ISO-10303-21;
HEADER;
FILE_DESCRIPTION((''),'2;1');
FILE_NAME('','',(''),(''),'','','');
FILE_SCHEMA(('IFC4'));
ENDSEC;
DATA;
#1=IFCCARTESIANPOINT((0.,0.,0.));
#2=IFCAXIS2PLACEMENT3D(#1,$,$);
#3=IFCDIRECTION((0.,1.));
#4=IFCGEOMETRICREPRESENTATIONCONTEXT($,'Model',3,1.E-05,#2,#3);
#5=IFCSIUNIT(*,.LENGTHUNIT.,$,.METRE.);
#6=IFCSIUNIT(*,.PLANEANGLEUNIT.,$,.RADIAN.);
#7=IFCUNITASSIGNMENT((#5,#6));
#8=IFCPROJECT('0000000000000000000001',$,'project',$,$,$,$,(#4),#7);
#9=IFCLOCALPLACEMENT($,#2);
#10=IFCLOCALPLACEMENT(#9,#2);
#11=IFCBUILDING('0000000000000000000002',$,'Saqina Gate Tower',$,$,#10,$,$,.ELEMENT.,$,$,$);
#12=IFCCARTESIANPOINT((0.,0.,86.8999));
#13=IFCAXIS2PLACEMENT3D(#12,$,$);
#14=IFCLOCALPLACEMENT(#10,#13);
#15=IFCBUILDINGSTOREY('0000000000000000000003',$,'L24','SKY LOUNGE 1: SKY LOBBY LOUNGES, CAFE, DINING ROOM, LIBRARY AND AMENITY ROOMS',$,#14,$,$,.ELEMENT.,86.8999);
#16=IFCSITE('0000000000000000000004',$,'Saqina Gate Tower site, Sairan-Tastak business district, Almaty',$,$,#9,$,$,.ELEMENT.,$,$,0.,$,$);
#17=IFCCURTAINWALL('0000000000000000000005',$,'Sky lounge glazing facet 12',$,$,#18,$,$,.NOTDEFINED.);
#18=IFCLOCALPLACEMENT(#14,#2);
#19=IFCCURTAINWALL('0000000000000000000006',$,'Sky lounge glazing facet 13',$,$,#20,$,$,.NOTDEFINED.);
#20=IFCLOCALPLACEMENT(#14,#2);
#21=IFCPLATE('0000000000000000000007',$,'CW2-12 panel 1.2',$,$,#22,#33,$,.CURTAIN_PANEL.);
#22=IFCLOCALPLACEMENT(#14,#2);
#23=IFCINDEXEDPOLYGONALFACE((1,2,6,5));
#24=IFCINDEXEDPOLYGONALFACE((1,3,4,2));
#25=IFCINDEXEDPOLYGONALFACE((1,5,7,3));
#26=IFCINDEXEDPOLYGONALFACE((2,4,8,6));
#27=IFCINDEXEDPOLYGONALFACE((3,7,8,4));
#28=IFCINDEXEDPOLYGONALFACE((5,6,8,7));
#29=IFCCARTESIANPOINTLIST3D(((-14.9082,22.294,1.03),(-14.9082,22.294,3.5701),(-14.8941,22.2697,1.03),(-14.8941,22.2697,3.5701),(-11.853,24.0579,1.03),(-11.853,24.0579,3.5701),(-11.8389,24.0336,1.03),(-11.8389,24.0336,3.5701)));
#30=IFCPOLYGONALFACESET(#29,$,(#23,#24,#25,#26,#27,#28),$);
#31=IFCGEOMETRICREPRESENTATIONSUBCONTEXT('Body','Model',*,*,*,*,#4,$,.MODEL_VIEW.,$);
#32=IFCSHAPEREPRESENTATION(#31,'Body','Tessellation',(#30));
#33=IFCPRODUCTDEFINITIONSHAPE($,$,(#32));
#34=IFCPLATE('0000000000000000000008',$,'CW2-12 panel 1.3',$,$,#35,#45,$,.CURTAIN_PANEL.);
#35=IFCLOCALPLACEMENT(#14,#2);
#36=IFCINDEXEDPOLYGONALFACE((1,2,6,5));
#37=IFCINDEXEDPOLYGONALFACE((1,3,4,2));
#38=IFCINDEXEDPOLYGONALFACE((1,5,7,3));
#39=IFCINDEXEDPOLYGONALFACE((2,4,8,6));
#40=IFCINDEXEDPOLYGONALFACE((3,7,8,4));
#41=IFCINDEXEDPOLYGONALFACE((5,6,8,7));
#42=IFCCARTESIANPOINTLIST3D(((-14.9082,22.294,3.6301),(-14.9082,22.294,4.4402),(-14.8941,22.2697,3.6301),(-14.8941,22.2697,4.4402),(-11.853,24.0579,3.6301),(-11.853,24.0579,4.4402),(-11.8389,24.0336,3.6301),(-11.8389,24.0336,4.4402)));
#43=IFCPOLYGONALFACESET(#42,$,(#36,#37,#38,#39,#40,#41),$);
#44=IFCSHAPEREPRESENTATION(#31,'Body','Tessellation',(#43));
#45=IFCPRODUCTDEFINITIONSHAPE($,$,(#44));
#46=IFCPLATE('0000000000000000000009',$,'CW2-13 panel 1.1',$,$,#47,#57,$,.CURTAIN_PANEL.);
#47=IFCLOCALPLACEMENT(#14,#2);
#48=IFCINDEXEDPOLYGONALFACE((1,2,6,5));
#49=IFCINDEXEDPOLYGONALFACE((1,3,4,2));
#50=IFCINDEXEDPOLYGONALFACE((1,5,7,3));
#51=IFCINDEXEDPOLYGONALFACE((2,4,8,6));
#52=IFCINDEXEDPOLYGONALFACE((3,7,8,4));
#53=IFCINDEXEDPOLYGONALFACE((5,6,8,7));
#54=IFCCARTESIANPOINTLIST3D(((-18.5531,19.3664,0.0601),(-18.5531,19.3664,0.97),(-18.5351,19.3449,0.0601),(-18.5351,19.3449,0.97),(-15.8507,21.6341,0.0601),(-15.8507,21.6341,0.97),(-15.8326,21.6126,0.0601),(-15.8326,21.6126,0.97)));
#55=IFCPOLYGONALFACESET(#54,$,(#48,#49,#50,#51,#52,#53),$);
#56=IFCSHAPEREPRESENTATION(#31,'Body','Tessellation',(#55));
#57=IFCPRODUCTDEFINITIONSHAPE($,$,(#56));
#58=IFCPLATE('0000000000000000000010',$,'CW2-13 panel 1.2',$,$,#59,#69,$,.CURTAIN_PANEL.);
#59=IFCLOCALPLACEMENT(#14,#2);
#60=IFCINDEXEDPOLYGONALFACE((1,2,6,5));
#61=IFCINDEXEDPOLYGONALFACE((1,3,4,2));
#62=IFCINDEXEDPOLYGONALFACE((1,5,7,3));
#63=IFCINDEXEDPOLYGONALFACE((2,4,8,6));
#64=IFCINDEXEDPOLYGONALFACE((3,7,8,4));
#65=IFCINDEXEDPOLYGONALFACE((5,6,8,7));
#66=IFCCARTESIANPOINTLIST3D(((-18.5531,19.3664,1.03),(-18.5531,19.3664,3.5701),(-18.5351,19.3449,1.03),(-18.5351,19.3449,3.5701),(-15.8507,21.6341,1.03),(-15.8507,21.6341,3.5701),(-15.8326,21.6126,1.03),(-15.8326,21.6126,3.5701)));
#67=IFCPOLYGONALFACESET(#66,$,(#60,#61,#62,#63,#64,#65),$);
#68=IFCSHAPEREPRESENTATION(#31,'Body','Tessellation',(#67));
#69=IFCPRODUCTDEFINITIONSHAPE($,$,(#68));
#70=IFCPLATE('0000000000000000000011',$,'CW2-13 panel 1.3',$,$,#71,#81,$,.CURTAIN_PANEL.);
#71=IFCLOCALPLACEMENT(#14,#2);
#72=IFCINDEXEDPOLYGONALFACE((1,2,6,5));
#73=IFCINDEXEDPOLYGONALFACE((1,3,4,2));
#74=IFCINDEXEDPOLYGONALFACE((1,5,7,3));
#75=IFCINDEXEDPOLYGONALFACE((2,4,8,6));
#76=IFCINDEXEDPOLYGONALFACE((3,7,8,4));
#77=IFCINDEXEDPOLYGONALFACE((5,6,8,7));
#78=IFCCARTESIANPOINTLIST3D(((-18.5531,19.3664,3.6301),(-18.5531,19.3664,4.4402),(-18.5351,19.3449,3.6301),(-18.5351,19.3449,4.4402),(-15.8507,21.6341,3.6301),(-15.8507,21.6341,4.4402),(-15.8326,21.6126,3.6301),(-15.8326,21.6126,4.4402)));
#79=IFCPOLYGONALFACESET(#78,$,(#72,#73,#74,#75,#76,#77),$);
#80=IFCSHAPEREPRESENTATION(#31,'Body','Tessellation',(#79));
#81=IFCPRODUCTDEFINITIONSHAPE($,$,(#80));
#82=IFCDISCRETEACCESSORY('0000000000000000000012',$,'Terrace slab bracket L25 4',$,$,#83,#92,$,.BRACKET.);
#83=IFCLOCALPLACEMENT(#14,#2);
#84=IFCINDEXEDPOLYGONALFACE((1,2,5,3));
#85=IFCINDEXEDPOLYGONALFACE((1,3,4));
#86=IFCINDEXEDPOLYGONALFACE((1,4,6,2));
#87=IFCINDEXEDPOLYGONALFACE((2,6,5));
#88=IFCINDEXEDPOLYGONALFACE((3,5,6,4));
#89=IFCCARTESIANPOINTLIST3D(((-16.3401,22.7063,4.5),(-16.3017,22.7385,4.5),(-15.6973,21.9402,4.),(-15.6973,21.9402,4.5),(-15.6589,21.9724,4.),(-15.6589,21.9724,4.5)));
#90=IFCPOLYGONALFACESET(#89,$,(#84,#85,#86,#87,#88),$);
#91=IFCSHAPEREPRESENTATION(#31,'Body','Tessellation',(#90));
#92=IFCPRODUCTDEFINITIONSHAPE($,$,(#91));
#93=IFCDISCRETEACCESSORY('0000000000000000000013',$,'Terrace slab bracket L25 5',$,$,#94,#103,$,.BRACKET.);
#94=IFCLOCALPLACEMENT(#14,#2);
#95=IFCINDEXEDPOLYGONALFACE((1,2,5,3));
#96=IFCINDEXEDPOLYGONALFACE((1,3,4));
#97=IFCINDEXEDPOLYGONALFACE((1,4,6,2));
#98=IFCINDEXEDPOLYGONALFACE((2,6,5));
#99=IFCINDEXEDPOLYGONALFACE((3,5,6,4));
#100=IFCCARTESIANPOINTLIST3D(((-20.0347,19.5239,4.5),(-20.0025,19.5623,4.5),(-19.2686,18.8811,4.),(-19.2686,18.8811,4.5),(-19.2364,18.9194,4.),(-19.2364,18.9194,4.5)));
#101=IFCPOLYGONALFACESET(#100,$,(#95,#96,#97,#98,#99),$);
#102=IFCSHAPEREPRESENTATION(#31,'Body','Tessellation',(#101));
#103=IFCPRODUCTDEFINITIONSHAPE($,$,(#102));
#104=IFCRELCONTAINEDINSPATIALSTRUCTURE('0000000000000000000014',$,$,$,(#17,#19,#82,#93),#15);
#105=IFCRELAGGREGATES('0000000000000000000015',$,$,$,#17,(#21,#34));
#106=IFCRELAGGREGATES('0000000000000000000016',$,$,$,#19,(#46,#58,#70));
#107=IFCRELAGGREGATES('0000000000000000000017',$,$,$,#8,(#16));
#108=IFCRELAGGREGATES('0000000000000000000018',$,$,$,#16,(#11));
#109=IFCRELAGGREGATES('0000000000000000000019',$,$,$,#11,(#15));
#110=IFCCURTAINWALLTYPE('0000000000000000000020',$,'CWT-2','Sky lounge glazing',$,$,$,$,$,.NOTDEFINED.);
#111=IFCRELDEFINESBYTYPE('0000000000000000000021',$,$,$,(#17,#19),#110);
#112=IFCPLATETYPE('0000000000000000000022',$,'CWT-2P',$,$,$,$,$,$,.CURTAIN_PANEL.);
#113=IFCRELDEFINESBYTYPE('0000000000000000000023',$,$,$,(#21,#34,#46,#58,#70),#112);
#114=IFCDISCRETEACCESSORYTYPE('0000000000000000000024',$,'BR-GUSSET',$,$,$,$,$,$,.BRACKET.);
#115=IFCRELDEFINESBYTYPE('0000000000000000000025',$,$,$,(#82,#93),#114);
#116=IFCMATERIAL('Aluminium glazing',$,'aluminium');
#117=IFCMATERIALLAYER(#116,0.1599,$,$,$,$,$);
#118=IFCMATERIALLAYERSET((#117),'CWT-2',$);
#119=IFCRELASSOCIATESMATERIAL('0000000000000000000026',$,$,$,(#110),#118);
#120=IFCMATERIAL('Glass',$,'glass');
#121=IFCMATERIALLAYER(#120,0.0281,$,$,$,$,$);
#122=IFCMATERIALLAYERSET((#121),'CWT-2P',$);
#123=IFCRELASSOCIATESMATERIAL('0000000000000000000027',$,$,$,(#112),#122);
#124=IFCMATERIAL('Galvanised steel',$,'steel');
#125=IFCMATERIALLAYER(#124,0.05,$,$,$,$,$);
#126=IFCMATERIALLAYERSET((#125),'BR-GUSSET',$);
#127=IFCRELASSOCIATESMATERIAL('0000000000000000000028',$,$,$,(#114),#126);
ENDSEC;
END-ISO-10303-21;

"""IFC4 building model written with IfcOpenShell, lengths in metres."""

from ifc_helpers import new_model, si_unit, direction, frame, origin, origin_2d, place, context, subcontext, project, spatial, polyline, rectangle, outline, extrude, material, layer, layer_set, type_object, element, aggregate, save


model = new_model("IFC4")

# Units and contexts
model_context = context("Model", 3, precision=1e-05, world=origin(), true_north=direction((0.0, 1.0)))
body_context = subcontext(model_context, "Body", "Model", "MODEL_VIEW")
ifc_project = project(units=[si_unit("LENGTHUNIT", "METRE"), si_unit("PLANEANGLEUNIT", "RADIAN")], contexts=[model_context])

# Site, building, storey
site_placement = place(None, origin())
site = spatial("IfcSite", under=ifc_project, at=site_placement, Name="Saqina Gate Tower site, Sairan-Tastak business district, Almaty", CompositionType="ELEMENT", RefElevation=0.0)
building_placement = place(site_placement, origin())
building = spatial("IfcBuilding", under=site, at=building_placement, Name="Saqina Gate Tower", CompositionType="ELEMENT")
storey_placement = place(building_placement, frame((0.0, 0.0, 86.8999)))
storey = spatial("IfcBuildingStorey", under=building, at=storey_placement, Name="L24", Description="SKY LOUNGE 1: SKY LOBBY LOUNGES, CAFE, DINING ROOM, LIBRARY AND AMENITY ROOMS", CompositionType="ELEMENT", Elevation=86.8999)

# Curtain wall
ifc_material_1 = material(Name="Aluminium glazing", Category="aluminium")
ifc_layer_1 = layer(ifc_material_1, 0.1599)
ifc_layer_set_1 = layer_set([ifc_layer_1], Name="CWT-2")
curtain_wall_type = type_object("IfcCurtainWallType", Name="CWT-2", Description="Sky lounge glazing", PredefinedType="NOTDEFINED", material=ifc_layer_set_1)
curtain_wall_1_placement = place(storey_placement, origin())
curtain_wall_1 = element("IfcCurtainWall", 1, at=curtain_wall_1_placement, inside=storey, type_object=curtain_wall_type, Name="Sky lounge glazing facet 12", PredefinedType="NOTDEFINED")

# Curtain wall
curtain_wall_2_placement = place(storey_placement, origin())
curtain_wall_2 = element("IfcCurtainWall", 2, at=curtain_wall_2_placement, inside=storey, type_object=curtain_wall_type, Name="Sky lounge glazing facet 13", PredefinedType="NOTDEFINED")

# Plates
ifc_material_2 = material(Name="Glass", Category="glass")
ifc_layer_2 = layer(ifc_material_2, 0.0281)
ifc_layer_set_2 = layer_set([ifc_layer_2], Name="CWT-2P")
plate_type = type_object("IfcPlateType", Name="CWT-2P", PredefinedType="CURTAIN_PANEL", material=ifc_layer_set_2)
plate_1_placement = place(storey_placement, frame((-13.3735, 23.1638, 1.03), z_axis=(0.0, 0.0, 1.0), x_axis=(-0.866026, -0.499999, 0.0)))
plate_1 = element("IfcPlate", 3, at=plate_1_placement, type_object=plate_type, Name="CW2-12 panel 1.2", PredefinedType="CURTAIN_PANEL", context=body_context, shape_type="SweptSolid", body=[
    extrude(rectangle(XDim=3.5278, YDim=0.0281, at=origin_2d()), origin(), (0.0, 0.0, 1.0), 2.54),
])
plate_2_placement = place(storey_placement, frame((-13.3735, 23.1638, 3.6301), z_axis=(0.0, 0.0, 1.0), x_axis=(-0.866026, -0.499999, 0.0)))
plate_2 = element("IfcPlate", 4, at=plate_2_placement, type_object=plate_type, Name="CW2-12 panel 1.3", PredefinedType="CURTAIN_PANEL", context=body_context, shape_type="SweptSolid", body=[
    extrude(rectangle(XDim=3.5278, YDim=0.0281, at=origin_2d()), origin(), (0.0, 0.0, 1.0), 0.8101),
])
aggregate(curtain_wall_1, [plate_1, plate_2])
plate_3_placement = place(storey_placement, frame((-17.1929, 20.4895, 0.0601), z_axis=(0.0, 0.0, 1.0), x_axis=(-0.766042, -0.642791, 0.0)))
plate_3 = element("IfcPlate", 5, at=plate_3_placement, type_object=plate_type, Name="CW2-13 panel 1.1", PredefinedType="CURTAIN_PANEL", context=body_context, shape_type="SweptSolid", body=[
    extrude(rectangle(XDim=3.5278, YDim=0.0281, at=origin_2d()), origin(), (0.0, 0.0, 1.0), 0.9099),
])
plate_4_placement = place(storey_placement, frame((-17.1929, 20.4895, 1.03), z_axis=(0.0, 0.0, 1.0), x_axis=(-0.766042, -0.642791, 0.0)))
plate_4 = element("IfcPlate", 6, at=plate_4_placement, type_object=plate_type, Name="CW2-13 panel 1.2", PredefinedType="CURTAIN_PANEL", context=body_context, shape_type="SweptSolid", body=[
    extrude(rectangle(XDim=3.5278, YDim=0.0281, at=origin_2d()), origin(), (0.0, 0.0, 1.0), 2.54),
])
plate_5_placement = place(storey_placement, frame((-17.1929, 20.4895, 3.6301), z_axis=(0.0, 0.0, 1.0), x_axis=(-0.766042, -0.642791, 0.0)))
plate_5 = element("IfcPlate", 7, at=plate_5_placement, type_object=plate_type, Name="CW2-13 panel 1.3", PredefinedType="CURTAIN_PANEL", context=body_context, shape_type="SweptSolid", body=[
    extrude(rectangle(XDim=3.5278, YDim=0.0281, at=origin_2d()), origin(), (0.0, 0.0, 1.0), 0.8101),
])
aggregate(curtain_wall_2, [plate_3, plate_4, plate_5])

# Discrete accessories
ifc_material_3 = material(Name="Galvanised steel", Category="steel")
ifc_layer_3 = layer(ifc_material_3, 0.05)
ifc_layer_set_3 = layer_set([ifc_layer_3], Name="BR-GUSSET")
discrete_accessory_type = type_object("IfcDiscreteAccessoryType", Name="BR-GUSSET", PredefinedType="BRACKET", material=ifc_layer_set_3)
for number, where, z_axis, x_axis, name in (
    (8, (-15.6973, 21.9402, 4.0), (-0.766056, -0.642774, 0.0), (0.0, 0.0, 1.0), "Terrace slab bracket L25 4"),
    (9, (-19.2686, 18.8811, 4.0), (-0.642774, -0.766056, 0.0), (0.0, 0.0, 1.0), "Terrace slab bracket L25 5"),
):
    element("IfcDiscreteAccessory", number, at=place(storey_placement, frame(where, z_axis=z_axis, x_axis=x_axis)), inside=storey, type_object=discrete_accessory_type, Name=name, PredefinedType="BRACKET", context=body_context, shape_type="SweptSolid", body=[
        extrude(outline(polyline([(0.0, 0.0), (0.5, 0.0), (0.5, 1.0001), (0.0, 0.0)])), origin(), (0.0, 0.0, -1.0), 0.05),
    ])

save(model, "model.ifc")
